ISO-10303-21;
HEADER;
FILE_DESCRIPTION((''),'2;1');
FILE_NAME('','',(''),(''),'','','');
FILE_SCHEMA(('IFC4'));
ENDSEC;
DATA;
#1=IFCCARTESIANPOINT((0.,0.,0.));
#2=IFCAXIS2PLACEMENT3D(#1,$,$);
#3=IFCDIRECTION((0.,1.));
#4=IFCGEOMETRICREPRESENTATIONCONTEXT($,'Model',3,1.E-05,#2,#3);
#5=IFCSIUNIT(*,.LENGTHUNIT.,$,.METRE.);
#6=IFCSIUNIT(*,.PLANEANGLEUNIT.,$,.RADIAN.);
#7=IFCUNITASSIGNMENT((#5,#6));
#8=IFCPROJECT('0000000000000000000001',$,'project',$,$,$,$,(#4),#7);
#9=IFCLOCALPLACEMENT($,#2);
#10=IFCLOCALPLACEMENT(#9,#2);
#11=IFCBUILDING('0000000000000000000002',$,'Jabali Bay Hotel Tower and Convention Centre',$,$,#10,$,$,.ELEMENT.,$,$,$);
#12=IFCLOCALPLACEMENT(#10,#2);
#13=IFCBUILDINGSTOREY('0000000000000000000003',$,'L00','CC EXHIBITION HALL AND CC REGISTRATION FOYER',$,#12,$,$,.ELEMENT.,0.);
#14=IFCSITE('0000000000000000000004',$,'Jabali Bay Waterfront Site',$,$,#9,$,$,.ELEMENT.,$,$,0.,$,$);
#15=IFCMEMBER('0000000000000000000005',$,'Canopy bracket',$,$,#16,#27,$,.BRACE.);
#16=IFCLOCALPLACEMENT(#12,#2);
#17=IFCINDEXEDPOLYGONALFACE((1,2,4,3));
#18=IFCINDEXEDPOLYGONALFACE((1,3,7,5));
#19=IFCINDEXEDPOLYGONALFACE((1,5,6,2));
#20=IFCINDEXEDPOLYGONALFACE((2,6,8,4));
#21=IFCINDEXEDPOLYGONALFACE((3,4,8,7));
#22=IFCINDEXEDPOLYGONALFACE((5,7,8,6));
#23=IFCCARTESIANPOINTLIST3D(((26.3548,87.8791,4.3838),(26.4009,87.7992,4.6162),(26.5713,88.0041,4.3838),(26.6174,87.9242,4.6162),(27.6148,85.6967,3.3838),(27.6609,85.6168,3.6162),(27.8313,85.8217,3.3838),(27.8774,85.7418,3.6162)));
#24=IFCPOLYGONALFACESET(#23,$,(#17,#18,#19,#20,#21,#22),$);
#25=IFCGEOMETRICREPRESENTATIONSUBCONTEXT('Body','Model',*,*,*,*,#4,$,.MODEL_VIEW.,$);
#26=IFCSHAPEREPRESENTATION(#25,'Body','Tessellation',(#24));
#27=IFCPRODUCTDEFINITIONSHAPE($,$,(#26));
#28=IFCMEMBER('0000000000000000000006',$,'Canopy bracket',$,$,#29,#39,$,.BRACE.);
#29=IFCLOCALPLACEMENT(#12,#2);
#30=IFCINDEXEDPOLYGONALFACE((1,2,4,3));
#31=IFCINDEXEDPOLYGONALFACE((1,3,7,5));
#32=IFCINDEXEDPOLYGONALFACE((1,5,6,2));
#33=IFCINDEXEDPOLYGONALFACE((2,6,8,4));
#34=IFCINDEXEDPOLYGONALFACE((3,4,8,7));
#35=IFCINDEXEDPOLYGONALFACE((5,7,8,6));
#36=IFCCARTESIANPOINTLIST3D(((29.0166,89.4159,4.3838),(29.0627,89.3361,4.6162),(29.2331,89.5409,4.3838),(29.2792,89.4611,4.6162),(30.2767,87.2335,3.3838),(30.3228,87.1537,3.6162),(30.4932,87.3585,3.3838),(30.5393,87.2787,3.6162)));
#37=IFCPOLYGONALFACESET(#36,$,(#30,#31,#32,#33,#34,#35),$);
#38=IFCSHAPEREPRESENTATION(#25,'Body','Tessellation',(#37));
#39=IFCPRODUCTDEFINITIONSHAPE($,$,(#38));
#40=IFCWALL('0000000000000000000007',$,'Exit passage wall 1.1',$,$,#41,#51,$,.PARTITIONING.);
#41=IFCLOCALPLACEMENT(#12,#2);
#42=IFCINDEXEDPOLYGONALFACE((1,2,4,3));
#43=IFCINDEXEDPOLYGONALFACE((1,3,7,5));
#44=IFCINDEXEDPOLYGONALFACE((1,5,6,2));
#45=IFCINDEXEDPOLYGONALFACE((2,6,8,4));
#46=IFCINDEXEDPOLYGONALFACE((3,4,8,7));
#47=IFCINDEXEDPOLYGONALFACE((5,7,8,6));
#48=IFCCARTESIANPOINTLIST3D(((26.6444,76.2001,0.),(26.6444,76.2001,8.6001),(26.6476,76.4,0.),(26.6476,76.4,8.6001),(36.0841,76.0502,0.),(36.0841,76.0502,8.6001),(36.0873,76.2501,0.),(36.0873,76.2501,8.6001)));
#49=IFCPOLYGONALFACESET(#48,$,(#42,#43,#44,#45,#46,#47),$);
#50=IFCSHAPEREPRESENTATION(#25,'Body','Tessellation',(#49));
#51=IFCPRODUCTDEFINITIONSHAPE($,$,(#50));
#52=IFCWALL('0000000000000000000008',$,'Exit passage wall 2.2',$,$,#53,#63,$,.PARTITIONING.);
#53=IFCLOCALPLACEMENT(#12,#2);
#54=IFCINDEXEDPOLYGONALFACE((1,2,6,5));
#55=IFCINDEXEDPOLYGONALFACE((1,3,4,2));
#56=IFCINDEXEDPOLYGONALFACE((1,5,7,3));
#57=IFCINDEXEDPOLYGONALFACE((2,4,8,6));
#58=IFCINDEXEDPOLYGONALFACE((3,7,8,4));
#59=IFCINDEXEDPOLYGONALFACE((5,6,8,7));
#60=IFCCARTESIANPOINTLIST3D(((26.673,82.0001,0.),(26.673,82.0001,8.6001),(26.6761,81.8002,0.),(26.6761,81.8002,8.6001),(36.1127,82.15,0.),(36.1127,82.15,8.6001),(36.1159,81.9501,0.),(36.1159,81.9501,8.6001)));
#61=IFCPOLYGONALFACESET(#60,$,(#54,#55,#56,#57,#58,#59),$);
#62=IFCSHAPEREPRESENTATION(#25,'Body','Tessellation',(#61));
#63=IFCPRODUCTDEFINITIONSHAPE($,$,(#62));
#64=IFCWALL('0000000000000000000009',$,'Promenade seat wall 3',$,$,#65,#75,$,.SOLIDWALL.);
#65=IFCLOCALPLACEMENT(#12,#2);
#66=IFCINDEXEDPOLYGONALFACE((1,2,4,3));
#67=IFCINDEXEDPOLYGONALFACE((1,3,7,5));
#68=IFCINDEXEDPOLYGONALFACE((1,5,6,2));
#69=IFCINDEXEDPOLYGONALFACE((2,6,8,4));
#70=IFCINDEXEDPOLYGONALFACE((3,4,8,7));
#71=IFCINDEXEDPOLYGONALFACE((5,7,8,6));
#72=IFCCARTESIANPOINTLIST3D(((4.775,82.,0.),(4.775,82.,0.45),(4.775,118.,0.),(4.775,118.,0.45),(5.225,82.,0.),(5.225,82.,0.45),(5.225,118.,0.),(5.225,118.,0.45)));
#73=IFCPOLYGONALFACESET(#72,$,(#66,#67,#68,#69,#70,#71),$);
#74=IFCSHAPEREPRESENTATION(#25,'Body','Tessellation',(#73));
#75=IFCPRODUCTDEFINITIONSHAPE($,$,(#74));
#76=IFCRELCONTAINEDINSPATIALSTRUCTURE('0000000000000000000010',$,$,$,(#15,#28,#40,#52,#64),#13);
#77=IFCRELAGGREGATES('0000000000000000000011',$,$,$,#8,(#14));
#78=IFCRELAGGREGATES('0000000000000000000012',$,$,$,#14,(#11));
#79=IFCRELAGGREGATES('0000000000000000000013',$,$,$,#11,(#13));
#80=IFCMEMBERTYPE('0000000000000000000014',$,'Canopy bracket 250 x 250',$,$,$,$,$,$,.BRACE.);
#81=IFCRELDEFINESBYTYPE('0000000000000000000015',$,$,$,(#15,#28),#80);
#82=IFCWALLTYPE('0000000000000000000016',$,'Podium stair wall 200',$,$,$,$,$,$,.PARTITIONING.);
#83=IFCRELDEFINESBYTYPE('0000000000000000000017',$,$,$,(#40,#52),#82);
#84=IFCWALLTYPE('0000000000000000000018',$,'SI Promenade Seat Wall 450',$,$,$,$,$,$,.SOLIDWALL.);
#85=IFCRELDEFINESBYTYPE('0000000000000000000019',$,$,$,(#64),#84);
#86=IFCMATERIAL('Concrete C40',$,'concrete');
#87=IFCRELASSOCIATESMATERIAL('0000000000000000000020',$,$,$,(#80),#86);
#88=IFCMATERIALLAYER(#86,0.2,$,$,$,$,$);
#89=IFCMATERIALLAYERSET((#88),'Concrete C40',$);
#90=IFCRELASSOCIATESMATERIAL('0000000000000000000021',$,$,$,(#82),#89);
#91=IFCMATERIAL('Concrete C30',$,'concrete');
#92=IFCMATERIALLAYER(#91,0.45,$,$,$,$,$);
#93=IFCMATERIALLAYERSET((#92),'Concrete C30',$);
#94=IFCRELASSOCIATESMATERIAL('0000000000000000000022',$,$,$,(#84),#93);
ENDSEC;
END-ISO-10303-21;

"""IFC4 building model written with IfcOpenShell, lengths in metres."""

from ifc_helpers import new_model, si_unit, direction, frame, frame_2d, origin, origin_2d, place, context, subcontext, project, spatial, rectangle, extrude, material, layer, layer_set, material_profile, profile_set, type_object, element, save


model = new_model("IFC4")

# Units and contexts
model_context = context("Model", 3, precision=1e-05, world=origin(), true_north=direction((0.0, 1.0)))
body_context = subcontext(model_context, "Body", "Model", "MODEL_VIEW")
ifc_project = project(units=[si_unit("LENGTHUNIT", "METRE"), si_unit("PLANEANGLEUNIT", "RADIAN")], contexts=[model_context])

# Site, building, storey
site_placement = place(None, origin())
site = spatial("IfcSite", under=ifc_project, at=site_placement, Name="Jabali Bay Waterfront Site", CompositionType="ELEMENT", RefElevation=0.0)
building_placement = place(site_placement, origin())
building = spatial("IfcBuilding", under=site, at=building_placement, Name="Jabali Bay Hotel Tower and Convention Centre", CompositionType="ELEMENT")
storey_placement = place(building_placement, origin())
storey = spatial("IfcBuildingStorey", under=building, at=storey_placement, Name="L00", Description="CC EXHIBITION HALL AND CC REGISTRATION FOYER", CompositionType="ELEMENT", Elevation=0.0)

# Members
ifc_material_1 = material(Name="Concrete C40", Category="concrete")
ifc_material_profile_1 = material_profile(ifc_material_1, rectangle(XDim=0.25, YDim=0.25, at=origin_2d()), Name="Canopy bracket 250 x 250")
ifc_profile_set_1 = profile_set([ifc_material_profile_1], Name="Concrete C40")
member_type_1 = type_object("IfcMemberType", Name="Canopy bracket 250 x 250", PredefinedType="BRACE", material=ifc_profile_set_1)
for number, where, z_axis, x_axis, name in (
    (1, (27.7461, 85.7192, 3.5), (-0.46475, 0.80496, 0.368846), (-0.866023, -0.500005, 0.0), "Canopy bracket"),
    (2, (30.408, 87.2561, 3.5), (-0.46475, 0.80496, 0.368846), (-0.866023, -0.500005, 0.0), "Canopy bracket"),
):
    element("IfcMember", number, at=place(storey_placement, frame(where, z_axis=z_axis, x_axis=x_axis)), inside=storey, type_object=member_type_1, Name=name, PredefinedType="BRACE", context=body_context, shape_type="SweptSolid", body=[
        extrude(rectangle(XDim=0.25, YDim=0.25, at=origin_2d()), origin(), (0.0, 0.0, 1.0), 2.7112),
    ])

# Walls
ifc_layer_1 = layer(ifc_material_1, 0.2)
ifc_layer_set_1 = layer_set([ifc_layer_1], Name="Concrete C40")
wall_type_1 = type_object("IfcWallType", Name="Podium stair wall 200", PredefinedType="PARTITIONING", material=ifc_layer_set_1)
for number, where, z_axis, x_axis, name in (
    (3, (26.646, 76.3, 0.0), (0.0, 0.0, 1.0), (0.999874, -0.015878, 0.0), "Exit passage wall 1.1"),
    (4, (26.6746, 81.9001, 0.0), (0.0, 0.0, 1.0), (0.999874, 0.015878, 0.0), "Exit passage wall 2.2"),
):
    element("IfcWall", number, at=place(storey_placement, frame(where, z_axis=z_axis, x_axis=x_axis)), inside=storey, type_object=wall_type_1, Name=name, PredefinedType="PARTITIONING", context=body_context, shape_type="SweptSolid", body=[
        extrude(rectangle(XDim=9.4409, YDim=0.2, at=frame_2d((4.7205, 0.0))), origin(), (0.0, 0.0, 1.0), 8.6001),
    ])
ifc_material_2 = material(Name="Concrete C30", Category="concrete")
ifc_layer_2 = layer(ifc_material_2, 0.45)
ifc_layer_set_2 = layer_set([ifc_layer_2], Name="Concrete C30")
wall_type_2 = type_object("IfcWallType", Name="SI Promenade Seat Wall 450", PredefinedType="SOLIDWALL", material=ifc_layer_set_2)
wall_1_placement = place(storey_placement, frame((5.0, 82.0, 0.0), z_axis=(0.0, 0.0, 1.0), x_axis=(0.0, 1.0, 0.0)))
element("IfcWall", 5, at=wall_1_placement, inside=storey, type_object=wall_type_2, Name="Promenade seat wall 3", PredefinedType="SOLIDWALL", context=body_context, shape_type="SweptSolid", body=[
    extrude(rectangle(XDim=36.0, YDim=0.45, at=frame_2d((18.0, 0.0))), origin(), (0.0, 0.0, 1.0), 0.45),
])

save(model, "model.ifc")
